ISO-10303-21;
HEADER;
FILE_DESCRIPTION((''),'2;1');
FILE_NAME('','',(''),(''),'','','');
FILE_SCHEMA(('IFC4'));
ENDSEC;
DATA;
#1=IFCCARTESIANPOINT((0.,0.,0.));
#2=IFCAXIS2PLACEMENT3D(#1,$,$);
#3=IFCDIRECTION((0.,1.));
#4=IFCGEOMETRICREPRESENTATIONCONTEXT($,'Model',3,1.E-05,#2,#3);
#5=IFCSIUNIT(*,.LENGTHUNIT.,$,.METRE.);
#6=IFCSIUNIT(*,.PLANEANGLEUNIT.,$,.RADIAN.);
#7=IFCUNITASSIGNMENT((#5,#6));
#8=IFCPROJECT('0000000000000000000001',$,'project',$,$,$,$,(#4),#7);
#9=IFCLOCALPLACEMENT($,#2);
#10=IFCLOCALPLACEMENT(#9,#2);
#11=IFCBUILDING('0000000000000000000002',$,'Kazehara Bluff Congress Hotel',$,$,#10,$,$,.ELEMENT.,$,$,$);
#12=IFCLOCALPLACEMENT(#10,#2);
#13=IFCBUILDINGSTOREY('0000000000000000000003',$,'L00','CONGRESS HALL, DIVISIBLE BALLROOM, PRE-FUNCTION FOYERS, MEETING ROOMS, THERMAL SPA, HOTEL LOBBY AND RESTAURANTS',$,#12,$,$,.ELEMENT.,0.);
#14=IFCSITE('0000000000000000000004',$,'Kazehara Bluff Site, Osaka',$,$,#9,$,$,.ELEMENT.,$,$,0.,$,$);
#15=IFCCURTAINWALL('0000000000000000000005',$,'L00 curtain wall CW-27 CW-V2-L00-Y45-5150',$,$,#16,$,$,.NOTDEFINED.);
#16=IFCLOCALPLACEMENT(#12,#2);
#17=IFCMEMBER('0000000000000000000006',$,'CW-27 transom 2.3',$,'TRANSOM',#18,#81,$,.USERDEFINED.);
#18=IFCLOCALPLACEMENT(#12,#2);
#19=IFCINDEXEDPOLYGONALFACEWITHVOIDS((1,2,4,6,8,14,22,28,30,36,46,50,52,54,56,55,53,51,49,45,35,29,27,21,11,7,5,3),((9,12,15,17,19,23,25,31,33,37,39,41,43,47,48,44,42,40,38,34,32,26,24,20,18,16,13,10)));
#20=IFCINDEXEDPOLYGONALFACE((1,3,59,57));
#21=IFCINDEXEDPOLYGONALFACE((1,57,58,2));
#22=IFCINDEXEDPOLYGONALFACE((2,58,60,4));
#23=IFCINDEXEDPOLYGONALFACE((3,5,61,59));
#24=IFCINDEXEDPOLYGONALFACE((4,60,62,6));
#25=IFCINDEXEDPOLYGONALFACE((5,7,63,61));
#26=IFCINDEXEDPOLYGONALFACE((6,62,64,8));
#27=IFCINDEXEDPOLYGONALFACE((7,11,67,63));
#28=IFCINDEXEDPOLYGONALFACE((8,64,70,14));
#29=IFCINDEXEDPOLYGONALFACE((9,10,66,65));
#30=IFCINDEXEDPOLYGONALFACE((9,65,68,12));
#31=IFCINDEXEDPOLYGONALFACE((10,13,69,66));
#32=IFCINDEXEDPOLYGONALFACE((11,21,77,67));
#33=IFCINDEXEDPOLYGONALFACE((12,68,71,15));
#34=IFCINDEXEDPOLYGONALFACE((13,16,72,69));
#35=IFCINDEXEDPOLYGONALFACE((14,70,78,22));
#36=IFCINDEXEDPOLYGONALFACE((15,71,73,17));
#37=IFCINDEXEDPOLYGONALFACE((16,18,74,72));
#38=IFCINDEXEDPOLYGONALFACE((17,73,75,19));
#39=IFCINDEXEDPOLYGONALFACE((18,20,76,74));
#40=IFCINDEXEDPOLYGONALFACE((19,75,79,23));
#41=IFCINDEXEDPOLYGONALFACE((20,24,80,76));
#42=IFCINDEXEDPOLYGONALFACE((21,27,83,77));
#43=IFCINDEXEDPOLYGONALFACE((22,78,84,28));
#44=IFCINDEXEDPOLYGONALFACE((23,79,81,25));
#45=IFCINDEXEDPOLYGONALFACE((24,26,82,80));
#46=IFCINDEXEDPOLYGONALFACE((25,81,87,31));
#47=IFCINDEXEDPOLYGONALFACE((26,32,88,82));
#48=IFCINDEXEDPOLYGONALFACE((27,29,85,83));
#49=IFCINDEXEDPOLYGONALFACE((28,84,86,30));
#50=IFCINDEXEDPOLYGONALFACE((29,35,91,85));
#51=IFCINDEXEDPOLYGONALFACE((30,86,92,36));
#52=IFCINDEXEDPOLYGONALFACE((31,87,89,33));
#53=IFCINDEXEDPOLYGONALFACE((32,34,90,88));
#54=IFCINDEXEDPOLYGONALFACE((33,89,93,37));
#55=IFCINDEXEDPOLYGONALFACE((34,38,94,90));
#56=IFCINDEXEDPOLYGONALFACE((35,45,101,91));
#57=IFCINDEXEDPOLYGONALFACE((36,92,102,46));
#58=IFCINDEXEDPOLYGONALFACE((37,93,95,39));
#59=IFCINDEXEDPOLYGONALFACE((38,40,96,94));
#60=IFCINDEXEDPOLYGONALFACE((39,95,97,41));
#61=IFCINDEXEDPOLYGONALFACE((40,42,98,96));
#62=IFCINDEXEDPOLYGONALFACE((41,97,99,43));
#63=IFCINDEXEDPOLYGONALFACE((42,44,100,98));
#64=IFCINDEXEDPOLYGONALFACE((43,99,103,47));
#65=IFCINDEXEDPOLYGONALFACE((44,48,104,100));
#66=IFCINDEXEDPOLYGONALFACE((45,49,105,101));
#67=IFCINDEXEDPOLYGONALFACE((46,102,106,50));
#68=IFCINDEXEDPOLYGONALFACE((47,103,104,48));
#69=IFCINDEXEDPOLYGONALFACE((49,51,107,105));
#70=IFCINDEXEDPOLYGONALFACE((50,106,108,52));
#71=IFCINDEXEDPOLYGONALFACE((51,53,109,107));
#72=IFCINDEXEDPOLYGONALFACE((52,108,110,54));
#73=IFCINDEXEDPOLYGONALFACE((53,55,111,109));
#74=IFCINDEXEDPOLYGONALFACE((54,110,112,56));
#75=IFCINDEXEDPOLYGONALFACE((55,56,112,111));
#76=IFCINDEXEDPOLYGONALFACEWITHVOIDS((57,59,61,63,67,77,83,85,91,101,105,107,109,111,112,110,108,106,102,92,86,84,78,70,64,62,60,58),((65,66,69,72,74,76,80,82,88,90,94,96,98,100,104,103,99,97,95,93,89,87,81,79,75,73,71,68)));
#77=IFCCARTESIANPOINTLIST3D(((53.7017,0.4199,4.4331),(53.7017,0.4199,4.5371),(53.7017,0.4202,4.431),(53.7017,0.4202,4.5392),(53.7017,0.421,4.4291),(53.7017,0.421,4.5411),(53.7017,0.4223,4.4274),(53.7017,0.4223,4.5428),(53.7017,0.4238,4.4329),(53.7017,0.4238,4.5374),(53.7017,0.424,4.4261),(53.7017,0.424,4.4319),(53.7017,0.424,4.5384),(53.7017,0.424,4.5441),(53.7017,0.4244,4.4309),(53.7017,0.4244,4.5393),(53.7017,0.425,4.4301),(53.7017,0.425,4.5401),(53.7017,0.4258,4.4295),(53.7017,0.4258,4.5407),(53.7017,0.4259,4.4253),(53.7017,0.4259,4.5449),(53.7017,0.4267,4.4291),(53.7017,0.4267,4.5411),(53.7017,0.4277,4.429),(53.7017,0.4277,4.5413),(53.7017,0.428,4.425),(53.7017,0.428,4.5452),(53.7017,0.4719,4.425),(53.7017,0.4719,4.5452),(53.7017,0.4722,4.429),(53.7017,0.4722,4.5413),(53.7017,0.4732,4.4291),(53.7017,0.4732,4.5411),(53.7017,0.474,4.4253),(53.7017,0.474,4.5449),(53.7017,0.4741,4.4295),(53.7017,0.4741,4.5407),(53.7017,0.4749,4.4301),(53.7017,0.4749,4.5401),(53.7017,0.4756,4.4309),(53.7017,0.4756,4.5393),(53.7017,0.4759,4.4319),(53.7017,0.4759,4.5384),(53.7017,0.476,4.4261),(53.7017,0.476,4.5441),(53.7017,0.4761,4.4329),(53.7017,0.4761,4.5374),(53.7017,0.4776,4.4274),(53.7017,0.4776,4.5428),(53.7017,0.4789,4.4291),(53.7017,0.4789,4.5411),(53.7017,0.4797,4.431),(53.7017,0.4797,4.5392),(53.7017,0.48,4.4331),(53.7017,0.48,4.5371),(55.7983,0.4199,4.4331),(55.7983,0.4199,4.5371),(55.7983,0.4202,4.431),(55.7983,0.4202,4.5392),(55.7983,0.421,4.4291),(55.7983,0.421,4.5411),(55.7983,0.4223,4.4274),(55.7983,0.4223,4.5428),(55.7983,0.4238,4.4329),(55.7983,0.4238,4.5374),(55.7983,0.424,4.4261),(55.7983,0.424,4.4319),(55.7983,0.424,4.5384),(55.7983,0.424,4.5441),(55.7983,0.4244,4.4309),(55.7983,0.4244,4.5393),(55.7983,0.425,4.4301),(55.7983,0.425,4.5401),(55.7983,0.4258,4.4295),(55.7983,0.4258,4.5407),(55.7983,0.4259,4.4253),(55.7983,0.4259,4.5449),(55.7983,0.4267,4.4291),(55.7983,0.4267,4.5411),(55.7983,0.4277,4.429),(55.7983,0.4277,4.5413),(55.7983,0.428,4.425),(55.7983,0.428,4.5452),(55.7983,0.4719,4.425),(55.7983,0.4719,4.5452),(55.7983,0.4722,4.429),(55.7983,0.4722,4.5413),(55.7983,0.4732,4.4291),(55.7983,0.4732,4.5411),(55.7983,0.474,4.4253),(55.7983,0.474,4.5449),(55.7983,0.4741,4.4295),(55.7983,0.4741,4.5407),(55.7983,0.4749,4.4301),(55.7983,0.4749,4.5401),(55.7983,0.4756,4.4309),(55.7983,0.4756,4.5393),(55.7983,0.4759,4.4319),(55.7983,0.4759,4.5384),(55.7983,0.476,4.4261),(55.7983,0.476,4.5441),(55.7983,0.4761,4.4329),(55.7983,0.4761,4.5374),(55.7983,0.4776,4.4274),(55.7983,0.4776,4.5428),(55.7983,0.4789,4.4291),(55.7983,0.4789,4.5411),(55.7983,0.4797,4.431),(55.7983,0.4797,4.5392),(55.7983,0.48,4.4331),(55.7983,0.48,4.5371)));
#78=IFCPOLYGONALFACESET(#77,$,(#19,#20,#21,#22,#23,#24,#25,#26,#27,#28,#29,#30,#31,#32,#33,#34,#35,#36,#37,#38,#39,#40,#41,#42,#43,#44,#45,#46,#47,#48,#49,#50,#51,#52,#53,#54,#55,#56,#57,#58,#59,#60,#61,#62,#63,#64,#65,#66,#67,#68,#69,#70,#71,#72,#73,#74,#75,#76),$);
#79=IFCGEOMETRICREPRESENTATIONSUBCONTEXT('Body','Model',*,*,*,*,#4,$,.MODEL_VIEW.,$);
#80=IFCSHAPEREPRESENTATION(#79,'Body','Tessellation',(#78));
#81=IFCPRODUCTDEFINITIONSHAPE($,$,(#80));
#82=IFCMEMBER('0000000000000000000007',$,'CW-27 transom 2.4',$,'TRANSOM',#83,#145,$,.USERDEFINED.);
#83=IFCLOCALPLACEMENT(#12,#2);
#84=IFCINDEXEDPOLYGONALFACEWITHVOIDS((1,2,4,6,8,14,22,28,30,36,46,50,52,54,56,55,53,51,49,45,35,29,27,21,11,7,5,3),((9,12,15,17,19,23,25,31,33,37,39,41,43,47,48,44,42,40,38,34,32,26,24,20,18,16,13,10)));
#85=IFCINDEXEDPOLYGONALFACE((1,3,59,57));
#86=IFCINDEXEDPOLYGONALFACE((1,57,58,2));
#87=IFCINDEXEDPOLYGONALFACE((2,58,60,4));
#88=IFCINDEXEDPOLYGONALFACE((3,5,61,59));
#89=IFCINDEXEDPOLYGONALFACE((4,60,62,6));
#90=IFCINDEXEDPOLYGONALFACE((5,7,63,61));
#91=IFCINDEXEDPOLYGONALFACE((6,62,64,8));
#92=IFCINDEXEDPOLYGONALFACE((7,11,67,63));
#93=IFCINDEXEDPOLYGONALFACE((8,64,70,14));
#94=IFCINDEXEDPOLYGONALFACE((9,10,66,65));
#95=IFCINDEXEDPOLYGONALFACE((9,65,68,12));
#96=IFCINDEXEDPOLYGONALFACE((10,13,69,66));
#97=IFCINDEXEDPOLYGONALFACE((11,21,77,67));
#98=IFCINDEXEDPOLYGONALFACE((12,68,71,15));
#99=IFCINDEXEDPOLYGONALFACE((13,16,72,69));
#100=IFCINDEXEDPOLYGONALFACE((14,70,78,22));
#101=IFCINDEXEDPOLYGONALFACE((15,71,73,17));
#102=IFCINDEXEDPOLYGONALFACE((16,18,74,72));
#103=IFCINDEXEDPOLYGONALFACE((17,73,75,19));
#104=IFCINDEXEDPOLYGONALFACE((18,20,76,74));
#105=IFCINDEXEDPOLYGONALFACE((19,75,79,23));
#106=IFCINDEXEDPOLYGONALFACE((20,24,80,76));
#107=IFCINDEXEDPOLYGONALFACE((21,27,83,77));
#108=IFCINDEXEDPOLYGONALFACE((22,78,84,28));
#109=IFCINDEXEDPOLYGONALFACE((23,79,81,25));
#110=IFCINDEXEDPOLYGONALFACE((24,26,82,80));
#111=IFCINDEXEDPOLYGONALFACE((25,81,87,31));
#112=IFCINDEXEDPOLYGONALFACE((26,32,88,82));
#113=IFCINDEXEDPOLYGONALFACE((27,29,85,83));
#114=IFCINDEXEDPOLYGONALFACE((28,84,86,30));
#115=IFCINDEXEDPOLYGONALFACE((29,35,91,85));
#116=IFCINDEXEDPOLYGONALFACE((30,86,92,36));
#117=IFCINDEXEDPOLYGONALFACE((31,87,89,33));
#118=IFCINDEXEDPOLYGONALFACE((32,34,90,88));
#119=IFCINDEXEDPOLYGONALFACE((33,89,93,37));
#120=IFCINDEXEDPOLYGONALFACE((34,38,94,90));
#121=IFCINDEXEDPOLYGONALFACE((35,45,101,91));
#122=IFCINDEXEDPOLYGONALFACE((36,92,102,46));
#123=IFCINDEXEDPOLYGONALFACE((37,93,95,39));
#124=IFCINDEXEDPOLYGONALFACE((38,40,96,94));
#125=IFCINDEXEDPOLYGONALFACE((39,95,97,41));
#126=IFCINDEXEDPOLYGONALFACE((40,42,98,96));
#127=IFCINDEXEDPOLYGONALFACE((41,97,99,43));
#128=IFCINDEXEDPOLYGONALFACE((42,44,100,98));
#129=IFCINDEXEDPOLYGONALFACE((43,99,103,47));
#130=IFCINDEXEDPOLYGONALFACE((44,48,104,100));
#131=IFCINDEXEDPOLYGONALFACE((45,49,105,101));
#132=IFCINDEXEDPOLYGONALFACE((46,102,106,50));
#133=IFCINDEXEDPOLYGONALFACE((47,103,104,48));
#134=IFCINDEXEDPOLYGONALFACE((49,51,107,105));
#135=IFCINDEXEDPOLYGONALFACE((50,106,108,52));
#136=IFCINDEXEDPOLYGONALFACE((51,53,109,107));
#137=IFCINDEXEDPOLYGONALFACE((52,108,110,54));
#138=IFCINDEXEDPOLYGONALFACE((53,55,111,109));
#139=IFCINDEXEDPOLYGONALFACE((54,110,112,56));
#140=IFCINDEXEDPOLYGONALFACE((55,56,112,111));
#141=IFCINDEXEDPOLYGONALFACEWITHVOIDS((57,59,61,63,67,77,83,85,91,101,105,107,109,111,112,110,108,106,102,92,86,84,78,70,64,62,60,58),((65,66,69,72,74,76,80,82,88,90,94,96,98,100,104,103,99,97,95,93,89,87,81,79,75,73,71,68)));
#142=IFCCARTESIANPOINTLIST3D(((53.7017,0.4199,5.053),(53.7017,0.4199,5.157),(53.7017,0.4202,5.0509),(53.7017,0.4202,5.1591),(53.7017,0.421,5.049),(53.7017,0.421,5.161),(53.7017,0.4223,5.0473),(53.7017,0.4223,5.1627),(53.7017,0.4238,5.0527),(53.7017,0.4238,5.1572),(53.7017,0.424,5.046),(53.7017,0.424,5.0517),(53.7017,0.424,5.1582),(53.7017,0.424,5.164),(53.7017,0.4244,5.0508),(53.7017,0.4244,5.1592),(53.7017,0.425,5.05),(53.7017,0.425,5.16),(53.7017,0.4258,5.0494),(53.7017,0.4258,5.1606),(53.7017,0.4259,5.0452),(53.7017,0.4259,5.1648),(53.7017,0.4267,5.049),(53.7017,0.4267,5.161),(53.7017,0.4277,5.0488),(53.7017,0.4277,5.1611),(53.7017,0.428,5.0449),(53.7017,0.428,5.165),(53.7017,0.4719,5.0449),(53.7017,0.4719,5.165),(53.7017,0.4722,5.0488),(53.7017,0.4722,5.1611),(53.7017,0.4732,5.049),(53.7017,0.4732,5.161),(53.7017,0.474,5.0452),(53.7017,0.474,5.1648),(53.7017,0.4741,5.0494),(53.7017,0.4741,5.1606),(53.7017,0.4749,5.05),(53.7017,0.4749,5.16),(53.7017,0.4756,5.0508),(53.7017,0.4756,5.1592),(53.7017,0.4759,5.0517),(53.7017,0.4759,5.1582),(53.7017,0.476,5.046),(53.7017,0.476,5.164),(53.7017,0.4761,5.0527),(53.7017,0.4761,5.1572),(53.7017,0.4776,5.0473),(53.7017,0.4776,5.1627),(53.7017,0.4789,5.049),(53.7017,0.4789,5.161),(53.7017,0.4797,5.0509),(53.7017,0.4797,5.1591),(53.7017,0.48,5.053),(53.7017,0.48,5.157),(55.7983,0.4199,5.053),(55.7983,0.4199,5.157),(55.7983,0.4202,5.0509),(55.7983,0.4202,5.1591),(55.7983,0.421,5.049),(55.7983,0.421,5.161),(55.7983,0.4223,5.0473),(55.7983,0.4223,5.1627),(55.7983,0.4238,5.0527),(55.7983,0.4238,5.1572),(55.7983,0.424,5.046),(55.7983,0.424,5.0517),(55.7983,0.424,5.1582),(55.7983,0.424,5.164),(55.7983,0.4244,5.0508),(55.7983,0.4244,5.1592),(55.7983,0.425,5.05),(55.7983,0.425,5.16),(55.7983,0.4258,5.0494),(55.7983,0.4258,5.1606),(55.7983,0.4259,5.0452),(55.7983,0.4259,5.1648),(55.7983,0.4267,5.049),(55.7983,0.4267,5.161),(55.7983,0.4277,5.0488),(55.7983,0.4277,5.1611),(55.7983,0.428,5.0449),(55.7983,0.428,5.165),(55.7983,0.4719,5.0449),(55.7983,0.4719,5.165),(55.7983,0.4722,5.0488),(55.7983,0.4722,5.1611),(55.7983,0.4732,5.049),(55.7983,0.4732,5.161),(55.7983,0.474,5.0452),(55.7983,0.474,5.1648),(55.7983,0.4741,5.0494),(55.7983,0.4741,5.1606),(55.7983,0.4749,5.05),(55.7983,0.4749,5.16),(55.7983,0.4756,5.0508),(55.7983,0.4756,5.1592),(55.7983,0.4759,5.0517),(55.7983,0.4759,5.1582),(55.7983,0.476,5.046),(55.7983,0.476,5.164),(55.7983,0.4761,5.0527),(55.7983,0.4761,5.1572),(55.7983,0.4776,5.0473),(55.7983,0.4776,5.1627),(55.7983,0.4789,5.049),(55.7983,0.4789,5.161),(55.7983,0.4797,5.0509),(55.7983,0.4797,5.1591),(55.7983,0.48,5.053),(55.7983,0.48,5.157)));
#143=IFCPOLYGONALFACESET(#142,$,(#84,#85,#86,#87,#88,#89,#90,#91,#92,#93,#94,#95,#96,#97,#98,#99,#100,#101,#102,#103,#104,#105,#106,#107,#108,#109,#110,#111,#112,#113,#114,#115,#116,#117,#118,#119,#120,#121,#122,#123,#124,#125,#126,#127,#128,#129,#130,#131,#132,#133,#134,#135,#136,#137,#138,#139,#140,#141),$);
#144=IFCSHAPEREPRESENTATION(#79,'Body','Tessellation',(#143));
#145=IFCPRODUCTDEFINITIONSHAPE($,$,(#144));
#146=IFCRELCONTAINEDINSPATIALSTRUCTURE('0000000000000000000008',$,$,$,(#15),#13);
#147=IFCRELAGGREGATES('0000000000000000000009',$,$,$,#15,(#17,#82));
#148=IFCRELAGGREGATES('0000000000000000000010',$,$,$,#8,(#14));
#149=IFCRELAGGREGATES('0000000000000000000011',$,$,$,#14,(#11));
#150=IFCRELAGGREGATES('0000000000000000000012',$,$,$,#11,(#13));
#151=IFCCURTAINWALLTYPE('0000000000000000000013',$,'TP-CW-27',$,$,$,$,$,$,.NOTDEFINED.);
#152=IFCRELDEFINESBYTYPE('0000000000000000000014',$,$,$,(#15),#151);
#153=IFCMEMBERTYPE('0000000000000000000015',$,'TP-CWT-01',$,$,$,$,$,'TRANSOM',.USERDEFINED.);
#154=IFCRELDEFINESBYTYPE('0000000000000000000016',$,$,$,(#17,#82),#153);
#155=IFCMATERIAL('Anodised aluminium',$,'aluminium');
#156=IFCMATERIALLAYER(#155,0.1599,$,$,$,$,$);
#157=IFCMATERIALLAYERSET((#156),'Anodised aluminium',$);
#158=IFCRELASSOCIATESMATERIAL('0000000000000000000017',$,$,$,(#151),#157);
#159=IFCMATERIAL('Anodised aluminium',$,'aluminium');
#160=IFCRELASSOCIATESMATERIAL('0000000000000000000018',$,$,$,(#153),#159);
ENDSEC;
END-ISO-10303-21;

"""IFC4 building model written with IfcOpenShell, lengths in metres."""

from ifc_helpers import new_model, si_unit, direction, frame, origin, origin_2d, place, context, subcontext, project, spatial, hollow_rectangle, extrude, material, layer, layer_set, material_profile, profile_set, type_object, element, aggregate, save


model = new_model("IFC4")

# Units and contexts
model_context = context("Model", 3, precision=1e-05, world=origin(), true_north=direction((0.0, 1.0)))
body_context = subcontext(model_context, "Body", "Model", "MODEL_VIEW")
ifc_project = project(units=[si_unit("LENGTHUNIT", "METRE"), si_unit("PLANEANGLEUNIT", "RADIAN")], contexts=[model_context])

# Site, building, storey
site_placement = place(None, origin())
site = spatial("IfcSite", under=ifc_project, at=site_placement, Name="Kazehara Bluff Site, Osaka", CompositionType="ELEMENT", RefElevation=0.0)
building_placement = place(site_placement, origin())
building = spatial("IfcBuilding", under=site, at=building_placement, Name="Kazehara Bluff Congress Hotel", CompositionType="ELEMENT")
storey_placement = place(building_placement, origin())
storey = spatial("IfcBuildingStorey", under=building, at=storey_placement, Name="L00", Description="CONGRESS HALL, DIVISIBLE BALLROOM, PRE-FUNCTION FOYERS, MEETING ROOMS, THERMAL SPA, HOTEL LOBBY AND RESTAURANTS", CompositionType="ELEMENT", Elevation=0.0)

# Curtain wall
ifc_material_1 = material(Name="Anodised aluminium", Category="aluminium")
ifc_layer_1 = layer(ifc_material_1, 0.1599)
ifc_layer_set_1 = layer_set([ifc_layer_1], Name="Anodised aluminium")
curtain_wall_type_1 = type_object("IfcCurtainWallType", Name="TP-CW-27", PredefinedType="NOTDEFINED", material=ifc_layer_set_1)
curtain_wall_1_placement = place(storey_placement, origin())
curtain_wall_1 = element("IfcCurtainWall", 1, at=curtain_wall_1_placement, inside=storey, type_object=curtain_wall_type_1, Name="L00 curtain wall CW-27 CW-V2-L00-Y45-5150", PredefinedType="NOTDEFINED")

# Members
ifc_material_2 = material(Name="Anodised aluminium", Category="aluminium")
ifc_material_profile_1 = material_profile(ifc_material_2, hollow_rectangle(XDim=0.0601, YDim=0.1201, WallThickness=0.0039, InnerFilletRadius=0.0039, OuterFilletRadius=0.0081, at=origin_2d()))
ifc_profile_set_1 = profile_set([ifc_material_profile_1], Name="Anodised aluminium")
member_type_1 = type_object("IfcMemberType", Name="TP-CWT-01", ElementType="TRANSOM", PredefinedType="USERDEFINED", material=ifc_profile_set_1)
member_1_placement = place(storey_placement, frame((53.7017, 0.45, 4.4851), z_axis=(1.0, 0.0, 0.0), x_axis=(0.0, 1.0, 0.0)))
member_1 = element("IfcMember", 2, at=member_1_placement, type_object=member_type_1, Name="CW-27 transom 2.3", ObjectType="TRANSOM", PredefinedType="USERDEFINED", context=body_context, shape_type="SweptSolid", body=[
    extrude(hollow_rectangle(XDim=0.0601, YDim=0.1201, WallThickness=0.0039, InnerFilletRadius=0.0039, OuterFilletRadius=0.0081, at=origin_2d()), origin(), (0.0, 0.0, 1.0), 2.0967),
])
member_2_placement = place(storey_placement, frame((53.7017, 0.45, 5.105), z_axis=(1.0, 0.0, 0.0), x_axis=(0.0, 1.0, 0.0)))
member_2 = element("IfcMember", 3, at=member_2_placement, type_object=member_type_1, Name="CW-27 transom 2.4", ObjectType="TRANSOM", PredefinedType="USERDEFINED", context=body_context, shape_type="SweptSolid", body=[
    extrude(hollow_rectangle(XDim=0.0601, YDim=0.1201, WallThickness=0.0039, InnerFilletRadius=0.0039, OuterFilletRadius=0.0081, at=origin_2d()), origin(), (0.0, 0.0, 1.0), 2.0967),
])

aggregate(curtain_wall_1, [member_1, member_2])

save(model, "model.ifc")
